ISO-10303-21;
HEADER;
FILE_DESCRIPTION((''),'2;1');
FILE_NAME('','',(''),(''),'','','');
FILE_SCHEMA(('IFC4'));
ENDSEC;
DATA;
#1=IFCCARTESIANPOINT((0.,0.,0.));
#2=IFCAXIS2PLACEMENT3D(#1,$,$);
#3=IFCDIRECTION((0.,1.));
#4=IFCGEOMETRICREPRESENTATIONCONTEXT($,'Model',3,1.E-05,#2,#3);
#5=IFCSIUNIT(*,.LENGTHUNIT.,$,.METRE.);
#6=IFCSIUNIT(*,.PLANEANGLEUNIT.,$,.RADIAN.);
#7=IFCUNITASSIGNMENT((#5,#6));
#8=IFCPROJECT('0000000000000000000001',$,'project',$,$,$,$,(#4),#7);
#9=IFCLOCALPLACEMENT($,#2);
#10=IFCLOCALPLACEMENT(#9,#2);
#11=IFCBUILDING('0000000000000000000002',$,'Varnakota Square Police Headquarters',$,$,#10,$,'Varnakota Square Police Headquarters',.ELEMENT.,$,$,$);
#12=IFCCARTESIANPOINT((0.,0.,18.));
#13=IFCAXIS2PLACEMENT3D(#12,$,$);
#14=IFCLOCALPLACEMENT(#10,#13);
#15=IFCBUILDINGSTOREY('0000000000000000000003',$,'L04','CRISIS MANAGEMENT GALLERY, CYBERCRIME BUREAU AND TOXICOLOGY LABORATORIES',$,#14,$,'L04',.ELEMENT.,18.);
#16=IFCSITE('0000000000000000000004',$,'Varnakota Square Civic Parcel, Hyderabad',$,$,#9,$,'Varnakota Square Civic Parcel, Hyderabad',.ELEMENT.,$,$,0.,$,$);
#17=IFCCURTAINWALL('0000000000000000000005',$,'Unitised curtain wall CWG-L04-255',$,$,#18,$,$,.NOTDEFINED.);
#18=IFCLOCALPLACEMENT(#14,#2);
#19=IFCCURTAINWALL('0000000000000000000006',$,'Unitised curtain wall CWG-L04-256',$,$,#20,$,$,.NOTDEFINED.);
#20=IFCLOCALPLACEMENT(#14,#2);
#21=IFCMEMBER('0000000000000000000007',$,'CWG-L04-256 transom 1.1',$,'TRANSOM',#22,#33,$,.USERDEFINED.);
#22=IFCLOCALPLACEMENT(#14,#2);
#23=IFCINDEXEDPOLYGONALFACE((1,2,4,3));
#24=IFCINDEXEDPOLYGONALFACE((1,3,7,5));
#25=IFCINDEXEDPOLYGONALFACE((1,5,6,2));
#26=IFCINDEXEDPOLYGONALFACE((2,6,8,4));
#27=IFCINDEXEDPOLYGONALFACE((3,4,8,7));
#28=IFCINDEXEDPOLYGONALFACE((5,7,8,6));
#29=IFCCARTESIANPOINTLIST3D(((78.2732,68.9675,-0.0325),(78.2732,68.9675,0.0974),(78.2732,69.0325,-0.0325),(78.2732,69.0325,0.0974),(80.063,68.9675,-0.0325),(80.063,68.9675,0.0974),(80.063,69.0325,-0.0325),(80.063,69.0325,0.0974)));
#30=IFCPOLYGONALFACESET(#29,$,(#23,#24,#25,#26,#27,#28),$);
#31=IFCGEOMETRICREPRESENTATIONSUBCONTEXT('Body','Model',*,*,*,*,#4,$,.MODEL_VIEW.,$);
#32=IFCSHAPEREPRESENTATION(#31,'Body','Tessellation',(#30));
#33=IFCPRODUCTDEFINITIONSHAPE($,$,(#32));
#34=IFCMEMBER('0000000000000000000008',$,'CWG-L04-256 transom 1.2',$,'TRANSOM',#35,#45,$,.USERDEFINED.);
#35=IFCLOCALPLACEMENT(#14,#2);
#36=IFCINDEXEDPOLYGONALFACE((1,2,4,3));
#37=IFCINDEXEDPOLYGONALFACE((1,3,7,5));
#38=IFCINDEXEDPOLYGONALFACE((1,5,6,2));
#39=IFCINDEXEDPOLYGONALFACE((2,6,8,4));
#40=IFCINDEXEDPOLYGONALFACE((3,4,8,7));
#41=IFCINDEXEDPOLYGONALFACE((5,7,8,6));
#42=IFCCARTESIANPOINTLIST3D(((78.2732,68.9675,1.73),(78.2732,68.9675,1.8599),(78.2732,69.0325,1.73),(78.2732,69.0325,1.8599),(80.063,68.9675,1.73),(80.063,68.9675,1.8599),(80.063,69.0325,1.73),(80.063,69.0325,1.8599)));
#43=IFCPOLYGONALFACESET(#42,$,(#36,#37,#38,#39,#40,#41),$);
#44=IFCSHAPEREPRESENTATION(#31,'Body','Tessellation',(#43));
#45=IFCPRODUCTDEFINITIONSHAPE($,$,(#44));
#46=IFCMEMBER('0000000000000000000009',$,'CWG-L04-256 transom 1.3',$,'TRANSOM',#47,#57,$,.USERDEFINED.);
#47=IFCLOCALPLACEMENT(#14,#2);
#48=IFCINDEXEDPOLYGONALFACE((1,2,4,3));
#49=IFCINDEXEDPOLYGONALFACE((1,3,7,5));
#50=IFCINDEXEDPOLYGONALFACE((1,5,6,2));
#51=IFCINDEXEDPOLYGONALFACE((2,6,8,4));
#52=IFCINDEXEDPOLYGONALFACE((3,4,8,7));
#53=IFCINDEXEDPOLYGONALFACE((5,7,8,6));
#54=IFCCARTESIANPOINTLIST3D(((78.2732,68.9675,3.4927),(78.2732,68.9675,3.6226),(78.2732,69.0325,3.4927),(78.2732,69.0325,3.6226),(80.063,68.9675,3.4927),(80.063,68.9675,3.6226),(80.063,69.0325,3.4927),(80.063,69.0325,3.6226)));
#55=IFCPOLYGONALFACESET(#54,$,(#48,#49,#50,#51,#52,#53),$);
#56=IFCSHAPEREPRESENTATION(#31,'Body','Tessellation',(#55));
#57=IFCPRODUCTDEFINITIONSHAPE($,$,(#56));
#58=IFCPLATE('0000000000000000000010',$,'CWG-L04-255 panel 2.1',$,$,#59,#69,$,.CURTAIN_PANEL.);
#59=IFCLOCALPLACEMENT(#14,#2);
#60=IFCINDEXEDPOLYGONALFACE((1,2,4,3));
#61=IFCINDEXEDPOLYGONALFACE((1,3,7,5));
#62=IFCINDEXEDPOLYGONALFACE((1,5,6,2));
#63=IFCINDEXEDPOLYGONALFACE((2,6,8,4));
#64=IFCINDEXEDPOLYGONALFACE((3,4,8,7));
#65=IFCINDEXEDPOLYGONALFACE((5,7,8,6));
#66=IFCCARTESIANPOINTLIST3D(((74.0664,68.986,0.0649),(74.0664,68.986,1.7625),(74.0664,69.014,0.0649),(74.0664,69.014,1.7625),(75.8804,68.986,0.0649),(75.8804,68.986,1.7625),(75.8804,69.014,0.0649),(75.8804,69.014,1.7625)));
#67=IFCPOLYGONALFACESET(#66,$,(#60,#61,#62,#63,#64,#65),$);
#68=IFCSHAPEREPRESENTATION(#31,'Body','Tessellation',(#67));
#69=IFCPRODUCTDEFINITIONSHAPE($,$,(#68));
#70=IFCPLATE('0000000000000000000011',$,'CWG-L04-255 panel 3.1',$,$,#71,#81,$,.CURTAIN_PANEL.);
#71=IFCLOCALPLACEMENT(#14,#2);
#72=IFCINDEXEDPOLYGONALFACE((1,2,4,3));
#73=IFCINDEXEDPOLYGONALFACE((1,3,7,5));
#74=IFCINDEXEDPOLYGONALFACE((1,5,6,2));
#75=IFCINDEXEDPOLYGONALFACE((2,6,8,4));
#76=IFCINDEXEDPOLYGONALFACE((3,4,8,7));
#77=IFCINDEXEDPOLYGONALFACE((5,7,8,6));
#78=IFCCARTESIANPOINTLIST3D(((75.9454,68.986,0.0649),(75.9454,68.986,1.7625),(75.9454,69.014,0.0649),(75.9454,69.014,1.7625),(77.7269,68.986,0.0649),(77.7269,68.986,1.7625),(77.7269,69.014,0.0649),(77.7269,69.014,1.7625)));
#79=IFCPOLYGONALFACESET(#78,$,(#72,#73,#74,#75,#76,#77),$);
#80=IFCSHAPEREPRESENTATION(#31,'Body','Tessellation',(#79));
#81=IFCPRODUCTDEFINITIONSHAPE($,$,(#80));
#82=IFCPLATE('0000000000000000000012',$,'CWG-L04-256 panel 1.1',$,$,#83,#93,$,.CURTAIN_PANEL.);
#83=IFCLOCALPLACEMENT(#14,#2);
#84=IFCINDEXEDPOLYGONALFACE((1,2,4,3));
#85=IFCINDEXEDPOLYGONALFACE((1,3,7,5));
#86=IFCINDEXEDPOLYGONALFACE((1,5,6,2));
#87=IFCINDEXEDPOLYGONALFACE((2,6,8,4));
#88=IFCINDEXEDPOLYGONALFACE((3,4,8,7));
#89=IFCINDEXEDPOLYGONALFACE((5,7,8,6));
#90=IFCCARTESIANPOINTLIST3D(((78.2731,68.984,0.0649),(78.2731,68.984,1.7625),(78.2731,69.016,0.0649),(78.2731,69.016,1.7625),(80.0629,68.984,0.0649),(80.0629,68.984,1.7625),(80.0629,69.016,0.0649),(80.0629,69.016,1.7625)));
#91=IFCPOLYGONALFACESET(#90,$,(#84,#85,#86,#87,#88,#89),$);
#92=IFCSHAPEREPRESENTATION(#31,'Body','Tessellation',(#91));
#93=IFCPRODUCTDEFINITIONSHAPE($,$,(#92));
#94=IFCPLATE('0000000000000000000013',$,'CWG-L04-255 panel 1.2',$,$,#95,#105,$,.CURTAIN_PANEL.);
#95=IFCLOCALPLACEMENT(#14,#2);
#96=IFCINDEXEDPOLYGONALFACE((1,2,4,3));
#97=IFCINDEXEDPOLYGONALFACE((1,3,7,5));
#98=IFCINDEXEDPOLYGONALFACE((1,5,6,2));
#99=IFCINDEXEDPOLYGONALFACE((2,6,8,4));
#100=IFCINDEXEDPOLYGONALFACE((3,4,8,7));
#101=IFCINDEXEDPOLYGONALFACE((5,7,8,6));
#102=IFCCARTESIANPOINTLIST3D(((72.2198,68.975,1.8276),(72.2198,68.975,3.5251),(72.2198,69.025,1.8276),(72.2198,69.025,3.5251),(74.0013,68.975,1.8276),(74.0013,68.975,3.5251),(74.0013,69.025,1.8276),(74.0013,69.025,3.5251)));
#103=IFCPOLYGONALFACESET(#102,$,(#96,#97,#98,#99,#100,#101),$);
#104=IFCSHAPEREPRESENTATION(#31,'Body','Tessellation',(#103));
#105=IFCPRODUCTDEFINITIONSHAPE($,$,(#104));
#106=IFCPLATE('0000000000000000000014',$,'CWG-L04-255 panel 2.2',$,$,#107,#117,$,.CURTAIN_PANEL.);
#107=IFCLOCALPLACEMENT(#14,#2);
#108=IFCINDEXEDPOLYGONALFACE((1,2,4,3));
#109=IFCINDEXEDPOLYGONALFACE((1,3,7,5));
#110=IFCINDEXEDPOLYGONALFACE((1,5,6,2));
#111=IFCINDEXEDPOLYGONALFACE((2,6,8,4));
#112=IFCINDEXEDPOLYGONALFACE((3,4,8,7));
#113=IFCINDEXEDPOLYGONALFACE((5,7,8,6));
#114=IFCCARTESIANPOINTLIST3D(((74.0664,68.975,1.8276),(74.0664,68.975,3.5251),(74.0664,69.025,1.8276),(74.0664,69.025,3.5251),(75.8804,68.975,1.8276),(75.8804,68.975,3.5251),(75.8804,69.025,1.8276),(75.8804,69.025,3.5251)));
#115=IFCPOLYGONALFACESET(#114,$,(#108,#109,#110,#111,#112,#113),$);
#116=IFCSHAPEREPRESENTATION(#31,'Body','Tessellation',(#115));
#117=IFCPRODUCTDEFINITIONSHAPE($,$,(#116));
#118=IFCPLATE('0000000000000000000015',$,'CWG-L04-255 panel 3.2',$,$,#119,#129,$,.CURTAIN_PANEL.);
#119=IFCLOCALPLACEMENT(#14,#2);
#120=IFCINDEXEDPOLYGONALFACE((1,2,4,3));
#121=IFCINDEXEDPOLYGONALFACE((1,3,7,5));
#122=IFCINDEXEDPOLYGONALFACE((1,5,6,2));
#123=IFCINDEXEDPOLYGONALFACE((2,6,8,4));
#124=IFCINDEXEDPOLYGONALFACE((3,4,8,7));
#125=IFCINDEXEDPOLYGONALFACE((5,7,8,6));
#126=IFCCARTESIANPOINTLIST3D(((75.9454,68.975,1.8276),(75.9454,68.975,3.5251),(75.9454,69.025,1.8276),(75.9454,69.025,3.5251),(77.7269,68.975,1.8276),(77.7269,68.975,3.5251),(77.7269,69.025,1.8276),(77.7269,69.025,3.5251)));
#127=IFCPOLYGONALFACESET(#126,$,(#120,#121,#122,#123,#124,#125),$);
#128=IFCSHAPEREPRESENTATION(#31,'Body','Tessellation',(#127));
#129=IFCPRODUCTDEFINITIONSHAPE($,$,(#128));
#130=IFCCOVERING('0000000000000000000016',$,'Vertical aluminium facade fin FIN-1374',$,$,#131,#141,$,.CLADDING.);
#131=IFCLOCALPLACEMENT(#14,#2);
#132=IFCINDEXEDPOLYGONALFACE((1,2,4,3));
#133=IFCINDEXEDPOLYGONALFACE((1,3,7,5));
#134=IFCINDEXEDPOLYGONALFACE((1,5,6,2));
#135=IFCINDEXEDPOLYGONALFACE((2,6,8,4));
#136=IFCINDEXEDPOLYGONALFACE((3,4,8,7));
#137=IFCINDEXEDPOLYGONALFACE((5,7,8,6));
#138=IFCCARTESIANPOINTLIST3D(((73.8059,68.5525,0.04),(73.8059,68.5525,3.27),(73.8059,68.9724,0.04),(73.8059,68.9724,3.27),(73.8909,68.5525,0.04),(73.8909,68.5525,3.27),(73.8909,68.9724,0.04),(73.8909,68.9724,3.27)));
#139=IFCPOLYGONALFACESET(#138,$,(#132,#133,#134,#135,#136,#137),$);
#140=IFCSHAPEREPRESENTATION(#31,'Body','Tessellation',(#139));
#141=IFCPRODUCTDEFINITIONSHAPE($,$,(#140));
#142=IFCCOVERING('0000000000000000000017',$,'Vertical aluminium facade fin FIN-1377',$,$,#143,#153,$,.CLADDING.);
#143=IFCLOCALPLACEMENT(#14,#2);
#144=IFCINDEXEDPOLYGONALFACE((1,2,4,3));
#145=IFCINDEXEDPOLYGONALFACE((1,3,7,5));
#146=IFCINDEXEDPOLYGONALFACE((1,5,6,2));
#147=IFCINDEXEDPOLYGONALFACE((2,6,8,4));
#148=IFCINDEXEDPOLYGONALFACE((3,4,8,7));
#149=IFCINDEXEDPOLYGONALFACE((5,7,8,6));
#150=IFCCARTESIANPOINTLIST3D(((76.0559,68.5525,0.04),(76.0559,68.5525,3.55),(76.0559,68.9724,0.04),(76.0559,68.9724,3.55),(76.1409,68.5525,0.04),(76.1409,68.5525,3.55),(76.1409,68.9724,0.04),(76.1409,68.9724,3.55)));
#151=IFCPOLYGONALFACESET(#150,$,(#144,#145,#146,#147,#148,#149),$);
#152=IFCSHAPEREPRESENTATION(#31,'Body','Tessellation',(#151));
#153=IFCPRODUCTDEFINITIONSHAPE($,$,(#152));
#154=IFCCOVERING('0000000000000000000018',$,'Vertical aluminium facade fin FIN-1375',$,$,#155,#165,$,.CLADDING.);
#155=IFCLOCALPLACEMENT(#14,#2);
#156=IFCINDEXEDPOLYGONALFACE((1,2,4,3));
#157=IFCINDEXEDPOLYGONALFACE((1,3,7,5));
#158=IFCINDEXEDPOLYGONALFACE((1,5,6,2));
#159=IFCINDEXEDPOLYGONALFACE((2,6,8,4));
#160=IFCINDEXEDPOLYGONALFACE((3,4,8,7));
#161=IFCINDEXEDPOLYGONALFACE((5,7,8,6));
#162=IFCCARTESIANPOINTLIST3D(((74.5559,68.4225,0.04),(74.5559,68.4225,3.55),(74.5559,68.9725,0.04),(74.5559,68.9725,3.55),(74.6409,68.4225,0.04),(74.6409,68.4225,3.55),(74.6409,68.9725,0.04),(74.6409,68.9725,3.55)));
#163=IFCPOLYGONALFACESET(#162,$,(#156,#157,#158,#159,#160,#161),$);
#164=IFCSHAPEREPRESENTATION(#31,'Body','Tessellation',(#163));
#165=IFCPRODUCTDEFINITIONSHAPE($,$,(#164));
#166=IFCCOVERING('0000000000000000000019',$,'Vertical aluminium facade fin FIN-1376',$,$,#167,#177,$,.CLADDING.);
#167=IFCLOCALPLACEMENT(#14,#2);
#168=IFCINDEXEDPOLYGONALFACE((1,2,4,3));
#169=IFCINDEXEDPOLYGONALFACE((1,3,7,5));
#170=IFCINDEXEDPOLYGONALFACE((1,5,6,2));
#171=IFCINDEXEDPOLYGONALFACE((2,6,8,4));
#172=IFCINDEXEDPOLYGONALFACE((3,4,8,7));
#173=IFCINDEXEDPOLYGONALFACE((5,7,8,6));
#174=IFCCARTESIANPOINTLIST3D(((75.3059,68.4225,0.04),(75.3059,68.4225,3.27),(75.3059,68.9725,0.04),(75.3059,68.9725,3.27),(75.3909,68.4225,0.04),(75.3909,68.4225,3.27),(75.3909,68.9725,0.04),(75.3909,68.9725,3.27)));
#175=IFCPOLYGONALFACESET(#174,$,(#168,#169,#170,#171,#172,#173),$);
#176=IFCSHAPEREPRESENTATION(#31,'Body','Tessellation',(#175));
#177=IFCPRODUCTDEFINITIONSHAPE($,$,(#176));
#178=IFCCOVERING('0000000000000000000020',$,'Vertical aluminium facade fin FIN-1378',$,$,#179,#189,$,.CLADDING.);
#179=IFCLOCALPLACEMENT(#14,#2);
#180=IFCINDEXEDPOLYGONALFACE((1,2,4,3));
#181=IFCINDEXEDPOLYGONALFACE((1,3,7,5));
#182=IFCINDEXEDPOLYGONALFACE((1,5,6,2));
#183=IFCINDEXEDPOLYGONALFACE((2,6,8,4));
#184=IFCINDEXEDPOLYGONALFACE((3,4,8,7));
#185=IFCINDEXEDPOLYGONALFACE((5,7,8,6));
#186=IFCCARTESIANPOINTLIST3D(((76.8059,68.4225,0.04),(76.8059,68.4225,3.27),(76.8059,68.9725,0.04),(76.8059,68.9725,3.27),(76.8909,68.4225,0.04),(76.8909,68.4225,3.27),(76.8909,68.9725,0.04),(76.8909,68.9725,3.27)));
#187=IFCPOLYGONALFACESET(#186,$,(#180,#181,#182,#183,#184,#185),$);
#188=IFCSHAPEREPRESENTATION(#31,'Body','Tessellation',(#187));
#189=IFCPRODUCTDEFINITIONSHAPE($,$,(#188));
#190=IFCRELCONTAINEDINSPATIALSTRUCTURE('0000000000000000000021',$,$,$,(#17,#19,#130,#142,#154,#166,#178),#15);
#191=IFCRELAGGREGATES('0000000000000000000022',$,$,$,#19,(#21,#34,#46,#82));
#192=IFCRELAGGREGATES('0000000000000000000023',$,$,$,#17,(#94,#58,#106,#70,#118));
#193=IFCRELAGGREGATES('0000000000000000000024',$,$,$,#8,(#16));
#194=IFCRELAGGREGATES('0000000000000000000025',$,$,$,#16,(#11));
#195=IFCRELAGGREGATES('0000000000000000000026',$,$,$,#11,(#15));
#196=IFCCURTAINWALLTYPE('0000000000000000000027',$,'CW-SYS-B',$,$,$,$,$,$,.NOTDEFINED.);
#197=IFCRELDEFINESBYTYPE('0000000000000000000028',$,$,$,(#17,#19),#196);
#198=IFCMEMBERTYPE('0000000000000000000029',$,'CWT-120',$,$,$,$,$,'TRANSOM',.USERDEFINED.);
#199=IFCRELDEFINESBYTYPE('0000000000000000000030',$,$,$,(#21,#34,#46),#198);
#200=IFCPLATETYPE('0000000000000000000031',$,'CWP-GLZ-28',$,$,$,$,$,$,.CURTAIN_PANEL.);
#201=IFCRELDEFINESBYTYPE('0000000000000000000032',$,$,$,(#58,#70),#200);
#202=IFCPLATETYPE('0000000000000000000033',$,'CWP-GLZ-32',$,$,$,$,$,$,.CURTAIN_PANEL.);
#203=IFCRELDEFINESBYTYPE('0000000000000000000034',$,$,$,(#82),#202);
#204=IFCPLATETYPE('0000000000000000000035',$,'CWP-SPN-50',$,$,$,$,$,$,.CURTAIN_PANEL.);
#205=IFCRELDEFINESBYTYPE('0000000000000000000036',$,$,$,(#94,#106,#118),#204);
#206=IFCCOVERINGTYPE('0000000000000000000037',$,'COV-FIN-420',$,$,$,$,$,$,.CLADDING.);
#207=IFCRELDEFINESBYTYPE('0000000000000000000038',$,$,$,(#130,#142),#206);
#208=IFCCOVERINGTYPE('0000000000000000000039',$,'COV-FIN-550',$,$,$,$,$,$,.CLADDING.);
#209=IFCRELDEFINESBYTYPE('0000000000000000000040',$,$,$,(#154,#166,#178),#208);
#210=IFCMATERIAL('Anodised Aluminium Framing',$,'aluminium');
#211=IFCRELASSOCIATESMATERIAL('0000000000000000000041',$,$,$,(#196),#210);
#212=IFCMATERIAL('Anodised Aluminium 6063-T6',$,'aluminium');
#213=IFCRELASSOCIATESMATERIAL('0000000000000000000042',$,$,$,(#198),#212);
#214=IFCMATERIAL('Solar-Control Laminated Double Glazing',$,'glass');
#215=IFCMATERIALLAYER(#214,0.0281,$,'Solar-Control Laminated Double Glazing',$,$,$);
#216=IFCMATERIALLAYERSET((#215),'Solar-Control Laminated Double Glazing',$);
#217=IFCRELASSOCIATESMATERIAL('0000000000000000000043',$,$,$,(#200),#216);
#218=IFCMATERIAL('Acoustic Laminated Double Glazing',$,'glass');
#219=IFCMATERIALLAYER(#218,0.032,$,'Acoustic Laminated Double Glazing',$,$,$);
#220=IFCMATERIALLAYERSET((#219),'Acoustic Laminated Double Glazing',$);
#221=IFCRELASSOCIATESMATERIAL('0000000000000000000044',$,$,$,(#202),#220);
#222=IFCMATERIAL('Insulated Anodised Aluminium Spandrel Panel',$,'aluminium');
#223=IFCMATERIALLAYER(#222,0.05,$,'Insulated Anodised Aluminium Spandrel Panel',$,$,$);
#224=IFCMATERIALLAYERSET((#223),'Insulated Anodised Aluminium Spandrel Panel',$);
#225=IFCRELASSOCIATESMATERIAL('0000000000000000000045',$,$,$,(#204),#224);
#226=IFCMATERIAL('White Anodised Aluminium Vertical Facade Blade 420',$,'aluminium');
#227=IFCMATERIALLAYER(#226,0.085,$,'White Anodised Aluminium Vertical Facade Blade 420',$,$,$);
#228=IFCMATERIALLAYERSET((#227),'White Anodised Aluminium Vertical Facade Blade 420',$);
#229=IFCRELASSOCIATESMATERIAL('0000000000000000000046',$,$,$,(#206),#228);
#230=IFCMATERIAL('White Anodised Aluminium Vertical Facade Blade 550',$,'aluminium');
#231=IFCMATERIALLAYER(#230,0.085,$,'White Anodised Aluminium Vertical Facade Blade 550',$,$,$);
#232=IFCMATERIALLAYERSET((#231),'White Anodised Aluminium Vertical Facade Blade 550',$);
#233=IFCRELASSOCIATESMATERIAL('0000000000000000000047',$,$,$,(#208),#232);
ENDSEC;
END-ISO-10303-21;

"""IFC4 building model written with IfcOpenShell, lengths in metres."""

from ifc_helpers import new_model, si_unit, direction, frame, origin, origin_2d, place, context, subcontext, project, spatial, rectangle, extrude, material, layer, layer_set, material_profile, profile_set, type_object, element, aggregate, save


model = new_model("IFC4")

# Units and contexts
model_context = context("Model", 3, precision=1e-05, world=origin(), true_north=direction((0.0, 1.0)))
body_context = subcontext(model_context, "Body", "Model", "MODEL_VIEW")
ifc_project = project(units=[si_unit("LENGTHUNIT", "METRE"), si_unit("PLANEANGLEUNIT", "RADIAN")], contexts=[model_context])

# Site, building, storey
site_placement = place(None, origin())
site = spatial("IfcSite", under=ifc_project, at=site_placement, Name="Varnakota Square Civic Parcel, Hyderabad", LongName="Varnakota Square Civic Parcel, Hyderabad", CompositionType="ELEMENT", RefElevation=0.0)
building_placement = place(site_placement, origin())
building = spatial("IfcBuilding", under=site, at=building_placement, Name="Varnakota Square Police Headquarters", LongName="Varnakota Square Police Headquarters", CompositionType="ELEMENT")
storey_placement = place(building_placement, frame((0.0, 0.0, 18.0)))
storey = spatial("IfcBuildingStorey", under=building, at=storey_placement, Name="L04", Description="CRISIS MANAGEMENT GALLERY, CYBERCRIME BUREAU AND TOXICOLOGY LABORATORIES", LongName="L04", CompositionType="ELEMENT", Elevation=18.0)

# Curtain wall
ifc_material_1 = material(Name="Anodised Aluminium Framing", Category="aluminium")
curtain_wall_type = type_object("IfcCurtainWallType", Name="CW-SYS-B", PredefinedType="NOTDEFINED", material=ifc_material_1)
curtain_wall_1_placement = place(storey_placement, origin())
curtain_wall_1 = element("IfcCurtainWall", 1, at=curtain_wall_1_placement, inside=storey, type_object=curtain_wall_type, Name="Unitised curtain wall CWG-L04-255", PredefinedType="NOTDEFINED")
ifc_material_2 = material(Name="Anodised Aluminium 6063-T6", Category="aluminium")

# Curtain wall
curtain_wall_2_placement = place(storey_placement, origin())
curtain_wall_2 = element("IfcCurtainWall", 2, at=curtain_wall_2_placement, inside=storey, type_object=curtain_wall_type, Name="Unitised curtain wall CWG-L04-256", PredefinedType="NOTDEFINED")

# Members
ifc_material_profile_1 = material_profile(ifc_material_2, rectangle(XDim=0.0649, YDim=0.1299, at=origin_2d()), Name="ALU TRANSOM 65x130")
ifc_profile_set_1 = profile_set([ifc_material_profile_1], Name="Anodised Aluminium 6063-T6")
member_type_1 = type_object("IfcMemberType", Name="CWT-120", ElementType="TRANSOM", PredefinedType="USERDEFINED", material=ifc_profile_set_1)
member_1_placement = place(storey_placement, frame((78.2732, 69.0, 0.0325), z_axis=(1.0, 0.0, 0.0), x_axis=(0.0, 1.0, 0.0)))
member_1 = element("IfcMember", 3, at=member_1_placement, type_object=member_type_1, Name="CWG-L04-256 transom 1.1", ObjectType="TRANSOM", PredefinedType="USERDEFINED", context=body_context, shape_type="SweptSolid", body=[
    extrude(rectangle(XDim=0.0649, YDim=0.1299, at=origin_2d()), origin(), (0.0, 0.0, 1.0), 1.7898),
])
member_2_placement = place(storey_placement, frame((78.2732, 69.0, 1.7949), z_axis=(1.0, 0.0, 0.0), x_axis=(0.0, 1.0, 0.0)))
member_2 = element("IfcMember", 4, at=member_2_placement, type_object=member_type_1, Name="CWG-L04-256 transom 1.2", ObjectType="TRANSOM", PredefinedType="USERDEFINED", context=body_context, shape_type="SweptSolid", body=[
    extrude(rectangle(XDim=0.0649, YDim=0.1299, at=origin_2d()), origin(), (0.0, 0.0, 1.0), 1.7898),
])
member_3_placement = place(storey_placement, frame((78.2732, 69.0, 3.5576), z_axis=(1.0, 0.0, 0.0), x_axis=(0.0, 1.0, 0.0)))
member_3 = element("IfcMember", 5, at=member_3_placement, type_object=member_type_1, Name="CWG-L04-256 transom 1.3", ObjectType="TRANSOM", PredefinedType="USERDEFINED", context=body_context, shape_type="SweptSolid", body=[
    extrude(rectangle(XDim=0.0649, YDim=0.1299, at=origin_2d()), origin(), (0.0, 0.0, 1.0), 1.7898),
])

# Plates
ifc_material_3 = material(Name="Solar-Control Laminated Double Glazing", Category="glass")
ifc_layer_1 = layer(ifc_material_3, 0.0281, Name="Solar-Control Laminated Double Glazing")
ifc_layer_set_1 = layer_set([ifc_layer_1], Name="Solar-Control Laminated Double Glazing")
plate_type_1 = type_object("IfcPlateType", Name="CWP-GLZ-28", PredefinedType="CURTAIN_PANEL", material=ifc_layer_set_1)
plate_1_placement = place(storey_placement, frame((74.9734, 69.0, 0.0649), z_axis=(0.0, 0.0, 1.0), x_axis=(1.0, 0.0, 0.0)))
plate_1 = element("IfcPlate", 6, at=plate_1_placement, type_object=plate_type_1, Name="CWG-L04-255 panel 2.1", PredefinedType="CURTAIN_PANEL", context=body_context, shape_type="SweptSolid", body=[
    extrude(rectangle(XDim=1.814, YDim=0.0281, at=origin_2d()), origin(), (0.0, 0.0, 1.0), 1.6975),
])
plate_2_placement = place(storey_placement, frame((76.8362, 69.0, 0.0649), z_axis=(0.0, 0.0, 1.0), x_axis=(1.0, 0.0, 0.0)))
plate_2 = element("IfcPlate", 7, at=plate_2_placement, type_object=plate_type_1, Name="CWG-L04-255 panel 3.1", PredefinedType="CURTAIN_PANEL", context=body_context, shape_type="SweptSolid", body=[
    extrude(rectangle(XDim=1.7815, YDim=0.0281, at=origin_2d()), origin(), (0.0, 0.0, 1.0), 1.6975),
])
ifc_material_4 = material(Name="Acoustic Laminated Double Glazing", Category="glass")
ifc_layer_2 = layer(ifc_material_4, 0.032, Name="Acoustic Laminated Double Glazing")
ifc_layer_set_2 = layer_set([ifc_layer_2], Name="Acoustic Laminated Double Glazing")
plate_type_2 = type_object("IfcPlateType", Name="CWP-GLZ-32", PredefinedType="CURTAIN_PANEL", material=ifc_layer_set_2)
plate_3_placement = place(storey_placement, frame((79.168, 69.0, 0.0649), z_axis=(0.0, 0.0, 1.0), x_axis=(1.0, 0.0, 0.0)))
plate_3 = element("IfcPlate", 8, at=plate_3_placement, type_object=plate_type_2, Name="CWG-L04-256 panel 1.1", PredefinedType="CURTAIN_PANEL", context=body_context, shape_type="SweptSolid", body=[
    extrude(rectangle(XDim=1.7898, YDim=0.032, at=origin_2d()), origin(), (0.0, 0.0, 1.0), 1.6975),
])
aggregate(curtain_wall_2, [member_1, member_2, member_3, plate_3])
ifc_material_5 = material(Name="Insulated Anodised Aluminium Spandrel Panel", Category="aluminium")
ifc_layer_3 = layer(ifc_material_5, 0.05, Name="Insulated Anodised Aluminium Spandrel Panel")
ifc_layer_set_3 = layer_set([ifc_layer_3], Name="Insulated Anodised Aluminium Spandrel Panel")
plate_type_3 = type_object("IfcPlateType", Name="CWP-SPN-50", PredefinedType="CURTAIN_PANEL", material=ifc_layer_set_3)
plate_4_placement = place(storey_placement, frame((73.1106, 69.0, 1.8276), z_axis=(0.0, 0.0, 1.0), x_axis=(1.0, 0.0, 0.0)))
plate_4 = element("IfcPlate", 9, at=plate_4_placement, type_object=plate_type_3, Name="CWG-L04-255 panel 1.2", PredefinedType="CURTAIN_PANEL", context=body_context, shape_type="SweptSolid", body=[
    extrude(rectangle(XDim=1.7815, YDim=0.05, at=origin_2d()), origin(), (0.0, 0.0, 1.0), 1.6975),
])
plate_5_placement = place(storey_placement, frame((74.9734, 69.0, 1.8276), z_axis=(0.0, 0.0, 1.0), x_axis=(1.0, 0.0, 0.0)))
plate_5 = element("IfcPlate", 10, at=plate_5_placement, type_object=plate_type_3, Name="CWG-L04-255 panel 2.2", PredefinedType="CURTAIN_PANEL", context=body_context, shape_type="SweptSolid", body=[
    extrude(rectangle(XDim=1.814, YDim=0.05, at=origin_2d()), origin(), (0.0, 0.0, 1.0), 1.6975),
])
plate_6_placement = place(storey_placement, frame((76.8362, 69.0, 1.8276), z_axis=(0.0, 0.0, 1.0), x_axis=(1.0, 0.0, 0.0)))
plate_6 = element("IfcPlate", 11, at=plate_6_placement, type_object=plate_type_3, Name="CWG-L04-255 panel 3.2", PredefinedType="CURTAIN_PANEL", context=body_context, shape_type="SweptSolid", body=[
    extrude(rectangle(XDim=1.7815, YDim=0.05, at=origin_2d()), origin(), (0.0, 0.0, 1.0), 1.6975),
])
aggregate(curtain_wall_1, [plate_4, plate_1, plate_5, plate_2, plate_6])

# Coverings
ifc_material_6 = material(Name="White Anodised Aluminium Vertical Facade Blade 420", Category="aluminium")
ifc_layer_4 = layer(ifc_material_6, 0.085, Name="White Anodised Aluminium Vertical Facade Blade 420")
ifc_layer_set_4 = layer_set([ifc_layer_4], Name="White Anodised Aluminium Vertical Facade Blade 420")
covering_type_1 = type_object("IfcCoveringType", Name="COV-FIN-420", PredefinedType="CLADDING", material=ifc_layer_set_4)
covering_1_placement = place(storey_placement, frame((73.8484, 68.7625, 0.04), z_axis=(0.0, 0.0, 1.0), x_axis=(1.0, 0.0, 0.0)))
element("IfcCovering", 12, at=covering_1_placement, inside=storey, type_object=covering_type_1, Name="Vertical aluminium facade fin FIN-1374", PredefinedType="CLADDING", context=body_context, shape_type="SweptSolid", body=[
    extrude(rectangle(XDim=0.085, YDim=0.4199, at=origin_2d()), origin(), (0.0, 0.0, 1.0), 3.23),
])
covering_2_placement = place(storey_placement, frame((76.0984, 68.7625, 0.04), z_axis=(0.0, 0.0, 1.0), x_axis=(1.0, 0.0, 0.0)))
element("IfcCovering", 13, at=covering_2_placement, inside=storey, type_object=covering_type_1, Name="Vertical aluminium facade fin FIN-1377", PredefinedType="CLADDING", context=body_context, shape_type="SweptSolid", body=[
    extrude(rectangle(XDim=0.085, YDim=0.4199, at=origin_2d()), origin(), (0.0, 0.0, 1.0), 3.51),
])
ifc_material_7 = material(Name="White Anodised Aluminium Vertical Facade Blade 550", Category="aluminium")
ifc_layer_5 = layer(ifc_material_7, 0.085, Name="White Anodised Aluminium Vertical Facade Blade 550")
ifc_layer_set_5 = layer_set([ifc_layer_5], Name="White Anodised Aluminium Vertical Facade Blade 550")
covering_type_2 = type_object("IfcCoveringType", Name="COV-FIN-550", PredefinedType="CLADDING", material=ifc_layer_set_5)
covering_3_placement = place(storey_placement, frame((74.5984, 68.6975, 0.04), z_axis=(0.0, 0.0, 1.0), x_axis=(1.0, 0.0, 0.0)))
element("IfcCovering", 14, at=covering_3_placement, inside=storey, type_object=covering_type_2, Name="Vertical aluminium facade fin FIN-1375", PredefinedType="CLADDING", context=body_context, shape_type="SweptSolid", body=[
    extrude(rectangle(XDim=0.085, YDim=0.55, at=origin_2d()), origin(), (0.0, 0.0, 1.0), 3.51),
])
for number, where, z_axis, x_axis, name in (
    (15, (75.3484, 68.6975, 0.04), (0.0, 0.0, 1.0), (1.0, 0.0, 0.0), "Vertical aluminium facade fin FIN-1376"),
    (16, (76.8484, 68.6975, 0.04), (0.0, 0.0, 1.0), (1.0, 0.0, 0.0), "Vertical aluminium facade fin FIN-1378"),
):
    element("IfcCovering", number, at=place(storey_placement, frame(where, z_axis=z_axis, x_axis=x_axis)), inside=storey, type_object=covering_type_2, Name=name, PredefinedType="CLADDING", context=body_context, shape_type="SweptSolid", body=[
        extrude(rectangle(XDim=0.085, YDim=0.55, at=origin_2d()), origin(), (0.0, 0.0, 1.0), 3.23),
    ])

save(model, "model.ifc")
